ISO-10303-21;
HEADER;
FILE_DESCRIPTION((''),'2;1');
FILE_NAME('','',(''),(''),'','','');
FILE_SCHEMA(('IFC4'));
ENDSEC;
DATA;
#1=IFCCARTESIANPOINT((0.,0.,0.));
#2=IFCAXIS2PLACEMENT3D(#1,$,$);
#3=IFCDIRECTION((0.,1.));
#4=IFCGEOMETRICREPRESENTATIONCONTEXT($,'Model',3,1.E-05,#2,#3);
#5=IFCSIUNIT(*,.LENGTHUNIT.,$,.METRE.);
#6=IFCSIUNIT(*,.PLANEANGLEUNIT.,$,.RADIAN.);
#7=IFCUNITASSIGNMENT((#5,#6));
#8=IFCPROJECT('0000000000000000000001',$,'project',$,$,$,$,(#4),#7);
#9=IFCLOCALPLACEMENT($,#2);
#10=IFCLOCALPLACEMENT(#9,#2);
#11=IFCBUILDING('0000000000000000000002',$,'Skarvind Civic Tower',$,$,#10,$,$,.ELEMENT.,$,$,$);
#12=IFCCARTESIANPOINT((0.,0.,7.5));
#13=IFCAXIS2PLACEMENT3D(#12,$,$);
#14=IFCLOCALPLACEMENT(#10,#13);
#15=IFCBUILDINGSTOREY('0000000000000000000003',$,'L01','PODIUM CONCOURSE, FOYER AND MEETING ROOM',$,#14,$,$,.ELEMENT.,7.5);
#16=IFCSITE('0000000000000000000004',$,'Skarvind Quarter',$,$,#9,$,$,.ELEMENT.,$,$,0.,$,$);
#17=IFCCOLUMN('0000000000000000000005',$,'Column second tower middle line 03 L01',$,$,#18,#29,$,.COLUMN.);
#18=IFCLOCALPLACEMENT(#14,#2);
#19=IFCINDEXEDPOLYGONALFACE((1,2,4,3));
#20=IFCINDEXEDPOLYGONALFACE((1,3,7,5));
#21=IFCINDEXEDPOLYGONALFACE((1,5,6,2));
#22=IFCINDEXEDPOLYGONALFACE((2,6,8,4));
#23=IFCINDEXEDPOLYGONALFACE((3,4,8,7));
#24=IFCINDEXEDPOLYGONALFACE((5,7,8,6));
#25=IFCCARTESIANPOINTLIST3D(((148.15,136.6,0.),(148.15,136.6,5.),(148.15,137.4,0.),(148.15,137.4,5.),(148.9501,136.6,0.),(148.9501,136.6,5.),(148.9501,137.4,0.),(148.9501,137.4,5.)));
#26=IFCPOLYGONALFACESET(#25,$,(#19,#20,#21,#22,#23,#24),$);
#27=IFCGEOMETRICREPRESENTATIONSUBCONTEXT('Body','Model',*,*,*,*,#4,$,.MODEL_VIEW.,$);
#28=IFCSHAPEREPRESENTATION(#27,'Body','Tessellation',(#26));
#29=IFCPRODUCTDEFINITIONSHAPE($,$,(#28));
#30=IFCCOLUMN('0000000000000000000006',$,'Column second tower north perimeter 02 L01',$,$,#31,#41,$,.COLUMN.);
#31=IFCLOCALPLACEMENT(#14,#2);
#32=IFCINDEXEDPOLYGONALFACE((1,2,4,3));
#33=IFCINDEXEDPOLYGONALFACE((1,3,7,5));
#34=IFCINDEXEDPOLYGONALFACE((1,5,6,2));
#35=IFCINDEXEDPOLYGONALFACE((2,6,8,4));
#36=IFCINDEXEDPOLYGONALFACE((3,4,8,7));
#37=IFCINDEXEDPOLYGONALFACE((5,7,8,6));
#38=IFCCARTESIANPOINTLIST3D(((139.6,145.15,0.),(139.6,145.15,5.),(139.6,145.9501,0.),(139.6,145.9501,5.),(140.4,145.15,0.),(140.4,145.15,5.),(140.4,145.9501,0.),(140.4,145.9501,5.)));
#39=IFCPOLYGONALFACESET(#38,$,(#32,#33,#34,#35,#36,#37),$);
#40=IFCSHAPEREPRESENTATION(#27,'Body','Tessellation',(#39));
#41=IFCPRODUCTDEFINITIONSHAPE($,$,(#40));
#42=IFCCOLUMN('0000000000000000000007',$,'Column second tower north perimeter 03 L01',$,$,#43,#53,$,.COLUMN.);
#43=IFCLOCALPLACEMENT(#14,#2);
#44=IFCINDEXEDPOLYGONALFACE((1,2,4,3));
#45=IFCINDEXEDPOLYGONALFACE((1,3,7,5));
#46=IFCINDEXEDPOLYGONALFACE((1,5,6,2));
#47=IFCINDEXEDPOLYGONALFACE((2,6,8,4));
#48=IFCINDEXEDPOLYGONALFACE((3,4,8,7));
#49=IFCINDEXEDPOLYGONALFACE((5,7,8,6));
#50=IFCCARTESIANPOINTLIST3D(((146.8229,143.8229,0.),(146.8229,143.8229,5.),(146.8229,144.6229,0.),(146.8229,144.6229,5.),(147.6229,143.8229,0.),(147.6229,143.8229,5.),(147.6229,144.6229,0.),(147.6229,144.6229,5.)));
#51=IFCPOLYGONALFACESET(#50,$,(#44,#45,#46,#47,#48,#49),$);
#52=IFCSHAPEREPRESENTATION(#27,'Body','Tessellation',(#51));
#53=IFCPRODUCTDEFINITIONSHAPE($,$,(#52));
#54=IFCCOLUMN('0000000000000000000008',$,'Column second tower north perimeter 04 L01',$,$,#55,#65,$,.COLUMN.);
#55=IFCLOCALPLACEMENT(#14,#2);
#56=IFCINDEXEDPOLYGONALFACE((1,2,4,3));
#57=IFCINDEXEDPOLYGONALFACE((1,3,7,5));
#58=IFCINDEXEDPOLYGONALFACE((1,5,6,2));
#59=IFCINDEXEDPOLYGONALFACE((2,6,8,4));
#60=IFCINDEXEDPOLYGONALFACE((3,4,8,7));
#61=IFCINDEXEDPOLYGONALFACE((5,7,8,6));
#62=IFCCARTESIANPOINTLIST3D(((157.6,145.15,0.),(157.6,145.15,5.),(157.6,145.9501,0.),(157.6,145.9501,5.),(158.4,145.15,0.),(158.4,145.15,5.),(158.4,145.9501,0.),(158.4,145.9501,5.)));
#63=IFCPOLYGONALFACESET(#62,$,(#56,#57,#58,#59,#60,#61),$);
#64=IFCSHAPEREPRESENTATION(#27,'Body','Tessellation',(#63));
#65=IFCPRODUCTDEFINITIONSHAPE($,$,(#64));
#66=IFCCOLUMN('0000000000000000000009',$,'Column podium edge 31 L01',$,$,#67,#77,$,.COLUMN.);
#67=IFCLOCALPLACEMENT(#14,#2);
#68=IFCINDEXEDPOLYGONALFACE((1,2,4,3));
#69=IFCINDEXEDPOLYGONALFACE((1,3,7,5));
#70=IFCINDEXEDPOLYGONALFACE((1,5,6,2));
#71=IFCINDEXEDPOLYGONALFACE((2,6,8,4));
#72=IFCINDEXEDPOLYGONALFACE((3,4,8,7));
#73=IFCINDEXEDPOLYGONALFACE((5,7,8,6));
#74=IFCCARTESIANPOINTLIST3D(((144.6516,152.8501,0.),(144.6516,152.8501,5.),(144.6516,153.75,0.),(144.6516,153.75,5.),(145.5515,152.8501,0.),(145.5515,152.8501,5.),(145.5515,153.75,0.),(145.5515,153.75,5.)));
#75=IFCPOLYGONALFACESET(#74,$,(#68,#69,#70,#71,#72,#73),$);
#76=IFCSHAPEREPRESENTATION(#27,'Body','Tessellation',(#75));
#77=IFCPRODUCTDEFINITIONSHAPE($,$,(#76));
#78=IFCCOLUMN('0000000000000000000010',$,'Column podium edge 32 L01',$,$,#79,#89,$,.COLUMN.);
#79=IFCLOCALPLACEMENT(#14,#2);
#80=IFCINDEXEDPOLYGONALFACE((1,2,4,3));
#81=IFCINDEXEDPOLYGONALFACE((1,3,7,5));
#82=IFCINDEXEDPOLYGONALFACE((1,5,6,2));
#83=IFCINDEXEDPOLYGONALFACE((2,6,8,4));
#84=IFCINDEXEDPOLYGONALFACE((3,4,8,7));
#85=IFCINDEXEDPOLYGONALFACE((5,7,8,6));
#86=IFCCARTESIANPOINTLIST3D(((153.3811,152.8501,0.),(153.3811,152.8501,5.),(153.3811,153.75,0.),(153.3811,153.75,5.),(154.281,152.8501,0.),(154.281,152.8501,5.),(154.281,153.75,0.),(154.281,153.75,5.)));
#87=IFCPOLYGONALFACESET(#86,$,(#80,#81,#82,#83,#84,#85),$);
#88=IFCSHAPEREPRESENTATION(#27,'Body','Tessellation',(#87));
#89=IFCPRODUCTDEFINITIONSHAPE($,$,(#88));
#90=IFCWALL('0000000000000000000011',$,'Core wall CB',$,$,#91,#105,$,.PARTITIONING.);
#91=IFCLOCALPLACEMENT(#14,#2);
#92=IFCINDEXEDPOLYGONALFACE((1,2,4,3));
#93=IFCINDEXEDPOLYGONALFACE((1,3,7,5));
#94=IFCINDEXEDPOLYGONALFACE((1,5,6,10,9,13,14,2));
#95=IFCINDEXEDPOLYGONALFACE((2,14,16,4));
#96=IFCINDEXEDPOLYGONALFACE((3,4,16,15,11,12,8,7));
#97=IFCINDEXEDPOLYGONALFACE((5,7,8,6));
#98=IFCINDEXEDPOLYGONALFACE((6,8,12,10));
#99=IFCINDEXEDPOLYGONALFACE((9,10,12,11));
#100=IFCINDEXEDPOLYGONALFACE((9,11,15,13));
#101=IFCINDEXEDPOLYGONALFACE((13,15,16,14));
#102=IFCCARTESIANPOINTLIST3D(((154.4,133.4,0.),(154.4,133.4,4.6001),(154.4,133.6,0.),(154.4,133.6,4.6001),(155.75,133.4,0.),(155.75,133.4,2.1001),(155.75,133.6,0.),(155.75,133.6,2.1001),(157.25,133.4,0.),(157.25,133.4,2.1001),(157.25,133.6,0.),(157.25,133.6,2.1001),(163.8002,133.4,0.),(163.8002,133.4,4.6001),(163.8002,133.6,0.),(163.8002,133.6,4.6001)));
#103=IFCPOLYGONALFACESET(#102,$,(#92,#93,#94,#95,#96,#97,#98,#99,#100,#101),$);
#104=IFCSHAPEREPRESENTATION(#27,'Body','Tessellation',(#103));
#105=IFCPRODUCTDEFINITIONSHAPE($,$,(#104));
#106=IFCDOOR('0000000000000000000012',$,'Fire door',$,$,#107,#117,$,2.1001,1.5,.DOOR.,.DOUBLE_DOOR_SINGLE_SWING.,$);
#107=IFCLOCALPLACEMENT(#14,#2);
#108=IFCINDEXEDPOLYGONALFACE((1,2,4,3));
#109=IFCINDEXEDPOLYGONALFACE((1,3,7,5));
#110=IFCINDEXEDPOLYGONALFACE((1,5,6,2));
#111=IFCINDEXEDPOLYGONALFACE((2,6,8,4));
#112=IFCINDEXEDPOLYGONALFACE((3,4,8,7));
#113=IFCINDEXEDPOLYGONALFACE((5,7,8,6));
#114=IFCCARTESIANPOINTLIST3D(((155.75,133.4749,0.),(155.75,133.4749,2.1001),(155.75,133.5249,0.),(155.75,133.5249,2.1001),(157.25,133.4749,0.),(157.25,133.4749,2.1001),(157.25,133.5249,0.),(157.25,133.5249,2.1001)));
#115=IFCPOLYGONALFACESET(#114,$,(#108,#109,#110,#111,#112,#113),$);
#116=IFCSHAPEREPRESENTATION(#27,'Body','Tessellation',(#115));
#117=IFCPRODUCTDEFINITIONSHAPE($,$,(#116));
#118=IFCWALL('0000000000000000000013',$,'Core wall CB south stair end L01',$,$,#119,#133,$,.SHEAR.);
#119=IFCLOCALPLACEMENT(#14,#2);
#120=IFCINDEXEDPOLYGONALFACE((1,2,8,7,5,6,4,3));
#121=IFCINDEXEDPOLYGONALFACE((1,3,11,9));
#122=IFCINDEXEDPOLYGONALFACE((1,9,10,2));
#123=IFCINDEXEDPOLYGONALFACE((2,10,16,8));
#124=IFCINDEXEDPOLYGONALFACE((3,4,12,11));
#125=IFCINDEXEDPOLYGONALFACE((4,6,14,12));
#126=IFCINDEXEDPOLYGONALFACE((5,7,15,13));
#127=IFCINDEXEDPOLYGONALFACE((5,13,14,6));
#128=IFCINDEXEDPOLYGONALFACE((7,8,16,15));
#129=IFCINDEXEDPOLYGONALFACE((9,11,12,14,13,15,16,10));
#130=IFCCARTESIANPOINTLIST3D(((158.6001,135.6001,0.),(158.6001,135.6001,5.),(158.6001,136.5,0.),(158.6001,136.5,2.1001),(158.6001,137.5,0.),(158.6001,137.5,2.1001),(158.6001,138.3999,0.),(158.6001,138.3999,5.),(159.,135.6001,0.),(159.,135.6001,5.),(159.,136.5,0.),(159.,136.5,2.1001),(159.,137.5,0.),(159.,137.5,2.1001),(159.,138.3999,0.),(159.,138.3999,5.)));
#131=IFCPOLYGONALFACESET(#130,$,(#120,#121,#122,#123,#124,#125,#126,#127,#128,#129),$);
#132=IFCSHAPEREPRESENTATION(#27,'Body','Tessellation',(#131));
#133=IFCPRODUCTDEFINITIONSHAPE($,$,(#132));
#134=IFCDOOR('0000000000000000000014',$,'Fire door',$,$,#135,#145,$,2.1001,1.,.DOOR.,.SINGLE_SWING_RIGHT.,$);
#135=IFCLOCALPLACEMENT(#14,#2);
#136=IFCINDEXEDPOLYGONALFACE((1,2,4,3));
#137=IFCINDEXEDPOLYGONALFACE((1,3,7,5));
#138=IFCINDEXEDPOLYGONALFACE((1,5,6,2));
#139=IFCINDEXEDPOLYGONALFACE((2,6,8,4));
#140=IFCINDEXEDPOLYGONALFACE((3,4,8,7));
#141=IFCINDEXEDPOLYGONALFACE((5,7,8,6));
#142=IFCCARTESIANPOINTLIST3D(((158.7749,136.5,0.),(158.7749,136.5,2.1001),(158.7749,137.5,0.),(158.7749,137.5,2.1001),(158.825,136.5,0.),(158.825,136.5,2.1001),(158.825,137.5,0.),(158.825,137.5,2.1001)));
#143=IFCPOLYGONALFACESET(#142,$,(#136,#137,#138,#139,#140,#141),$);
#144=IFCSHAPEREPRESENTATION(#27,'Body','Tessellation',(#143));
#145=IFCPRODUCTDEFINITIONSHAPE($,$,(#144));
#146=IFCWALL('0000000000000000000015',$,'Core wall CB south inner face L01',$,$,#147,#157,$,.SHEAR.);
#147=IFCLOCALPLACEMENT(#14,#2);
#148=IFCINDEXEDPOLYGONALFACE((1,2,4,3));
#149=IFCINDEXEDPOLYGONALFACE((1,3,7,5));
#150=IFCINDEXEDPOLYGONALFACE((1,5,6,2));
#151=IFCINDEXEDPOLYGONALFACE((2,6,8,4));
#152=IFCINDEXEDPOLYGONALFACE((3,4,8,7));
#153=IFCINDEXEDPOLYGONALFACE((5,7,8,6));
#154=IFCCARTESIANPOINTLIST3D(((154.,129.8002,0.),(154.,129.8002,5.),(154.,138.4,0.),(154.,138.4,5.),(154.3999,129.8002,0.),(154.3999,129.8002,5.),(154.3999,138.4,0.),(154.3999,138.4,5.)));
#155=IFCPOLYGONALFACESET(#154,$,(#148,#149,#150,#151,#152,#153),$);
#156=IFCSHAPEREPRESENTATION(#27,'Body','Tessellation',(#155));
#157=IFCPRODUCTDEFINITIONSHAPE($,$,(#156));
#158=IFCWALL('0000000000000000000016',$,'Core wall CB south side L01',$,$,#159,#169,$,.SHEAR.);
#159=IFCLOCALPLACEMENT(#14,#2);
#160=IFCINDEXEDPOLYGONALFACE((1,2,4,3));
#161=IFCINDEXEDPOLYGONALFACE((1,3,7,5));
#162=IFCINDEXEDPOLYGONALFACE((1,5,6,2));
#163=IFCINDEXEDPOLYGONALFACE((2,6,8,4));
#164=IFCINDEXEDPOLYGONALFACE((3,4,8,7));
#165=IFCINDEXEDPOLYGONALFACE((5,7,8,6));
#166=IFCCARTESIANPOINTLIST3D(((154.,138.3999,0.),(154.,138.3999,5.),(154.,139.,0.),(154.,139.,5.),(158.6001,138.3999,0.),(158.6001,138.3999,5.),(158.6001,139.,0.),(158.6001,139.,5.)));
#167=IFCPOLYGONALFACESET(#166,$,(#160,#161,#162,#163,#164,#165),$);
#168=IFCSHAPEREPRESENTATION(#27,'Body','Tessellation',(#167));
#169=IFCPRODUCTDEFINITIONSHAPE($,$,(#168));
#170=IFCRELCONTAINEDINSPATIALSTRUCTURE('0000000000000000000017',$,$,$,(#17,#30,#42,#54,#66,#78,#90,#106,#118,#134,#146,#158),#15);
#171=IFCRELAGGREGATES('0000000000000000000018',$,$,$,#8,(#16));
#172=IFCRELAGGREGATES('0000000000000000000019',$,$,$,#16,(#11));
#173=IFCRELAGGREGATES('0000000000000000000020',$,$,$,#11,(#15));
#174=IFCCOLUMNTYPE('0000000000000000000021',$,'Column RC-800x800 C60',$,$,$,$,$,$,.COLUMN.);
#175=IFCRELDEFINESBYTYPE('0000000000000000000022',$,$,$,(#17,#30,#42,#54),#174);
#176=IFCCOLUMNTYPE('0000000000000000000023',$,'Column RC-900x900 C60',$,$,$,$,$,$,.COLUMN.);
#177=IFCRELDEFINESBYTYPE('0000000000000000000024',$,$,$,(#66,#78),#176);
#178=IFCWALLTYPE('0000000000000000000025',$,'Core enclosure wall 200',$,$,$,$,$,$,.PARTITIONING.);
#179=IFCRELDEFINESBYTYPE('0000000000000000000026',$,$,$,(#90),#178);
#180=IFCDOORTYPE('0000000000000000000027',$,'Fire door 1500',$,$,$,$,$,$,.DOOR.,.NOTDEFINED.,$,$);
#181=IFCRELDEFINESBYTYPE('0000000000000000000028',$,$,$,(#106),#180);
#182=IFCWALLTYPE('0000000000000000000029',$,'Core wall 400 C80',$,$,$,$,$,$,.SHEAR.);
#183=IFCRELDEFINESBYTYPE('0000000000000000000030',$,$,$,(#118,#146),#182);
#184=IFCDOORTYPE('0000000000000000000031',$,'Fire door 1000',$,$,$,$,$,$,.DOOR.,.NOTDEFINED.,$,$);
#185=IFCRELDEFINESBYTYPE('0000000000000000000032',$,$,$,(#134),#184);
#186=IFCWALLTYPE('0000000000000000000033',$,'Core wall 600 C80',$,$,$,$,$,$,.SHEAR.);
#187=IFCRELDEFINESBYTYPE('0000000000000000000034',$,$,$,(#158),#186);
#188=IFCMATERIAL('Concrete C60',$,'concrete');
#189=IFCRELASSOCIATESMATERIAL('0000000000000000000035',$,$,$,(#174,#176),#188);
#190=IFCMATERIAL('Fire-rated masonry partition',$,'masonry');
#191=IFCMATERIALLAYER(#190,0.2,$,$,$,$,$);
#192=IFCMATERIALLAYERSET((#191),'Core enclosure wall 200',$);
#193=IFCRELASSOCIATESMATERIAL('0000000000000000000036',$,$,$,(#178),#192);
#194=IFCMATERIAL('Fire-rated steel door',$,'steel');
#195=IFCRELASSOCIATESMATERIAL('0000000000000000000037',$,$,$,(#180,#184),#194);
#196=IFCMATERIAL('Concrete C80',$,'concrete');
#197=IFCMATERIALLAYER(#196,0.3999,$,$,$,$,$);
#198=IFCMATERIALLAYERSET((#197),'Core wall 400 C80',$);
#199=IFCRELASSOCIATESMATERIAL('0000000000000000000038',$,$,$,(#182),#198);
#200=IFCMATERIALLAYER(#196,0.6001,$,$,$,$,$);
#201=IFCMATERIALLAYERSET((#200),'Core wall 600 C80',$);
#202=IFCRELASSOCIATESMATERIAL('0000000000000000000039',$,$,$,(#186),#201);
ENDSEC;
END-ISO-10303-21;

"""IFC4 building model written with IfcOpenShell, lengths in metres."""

from ifc_helpers import new_model, si_unit, direction, frame, frame_2d, origin, origin_2d, place, context, subcontext, project, spatial, rectangle, extrude, material, layer, layer_set, material_profile, profile_set, type_object, element, fill, save


model = new_model("IFC4")

# Units and contexts
model_context = context("Model", 3, precision=1e-05, world=origin(), true_north=direction((0.0, 1.0)))
body_context = subcontext(model_context, "Body", "Model", "MODEL_VIEW")
ifc_project = project(units=[si_unit("LENGTHUNIT", "METRE"), si_unit("PLANEANGLEUNIT", "RADIAN")], contexts=[model_context])

# Site, building, storey
site_placement = place(None, origin())
site = spatial("IfcSite", under=ifc_project, at=site_placement, Name="Skarvind Quarter", CompositionType="ELEMENT", RefElevation=0.0)
building_placement = place(site_placement, origin())
building = spatial("IfcBuilding", under=site, at=building_placement, Name="Skarvind Civic Tower", CompositionType="ELEMENT")
storey_placement = place(building_placement, frame((0.0, 0.0, 7.5)))
storey = spatial("IfcBuildingStorey", under=building, at=storey_placement, Name="L01", Description="PODIUM CONCOURSE, FOYER AND MEETING ROOM", CompositionType="ELEMENT", Elevation=7.5)

# Columns
ifc_material_1 = material(Name="Concrete C60", Category="concrete")
ifc_material_profile_1 = material_profile(ifc_material_1, rectangle(XDim=0.8, YDim=0.8, at=origin_2d()), Name="RC-800x800")
ifc_profile_set_1 = profile_set([ifc_material_profile_1], Name="Concrete C60")
column_type_1 = type_object("IfcColumnType", Name="Column RC-800x800 C60", PredefinedType="COLUMN", material=ifc_profile_set_1)
for number, where, z_axis, x_axis, name in (
    (1, (148.55, 137.0, 0.0), (0.0, 0.0, 1.0), (1.0, 0.0, 0.0), "Column second tower middle line 03 L01"),
    (2, (140.0, 145.55, 0.0), (0.0, 0.0, 1.0), (1.0, 0.0, 0.0), "Column second tower north perimeter 02 L01"),
    (3, (147.2229, 144.2229, 0.0), (0.0, 0.0, 1.0), (1.0, 0.0, 0.0), "Column second tower north perimeter 03 L01"),
    (4, (158.0, 145.55, 0.0), (0.0, 0.0, 1.0), (1.0, 0.0, 0.0), "Column second tower north perimeter 04 L01"),
):
    element("IfcColumn", number, at=place(storey_placement, frame(where, z_axis=z_axis, x_axis=x_axis)), inside=storey, type_object=column_type_1, Name=name, PredefinedType="COLUMN", context=body_context, shape_type="SweptSolid", body=[
        extrude(rectangle(XDim=0.8, YDim=0.8, at=origin_2d()), origin(), (0.0, 0.0, 1.0), 5.0),
    ])
ifc_material_profile_2 = material_profile(ifc_material_1, rectangle(XDim=0.8999, YDim=0.8999, at=origin_2d()), Name="RC-900x900")
ifc_profile_set_2 = profile_set([ifc_material_profile_2], Name="Concrete C60")
column_type_2 = type_object("IfcColumnType", Name="Column RC-900x900 C60", PredefinedType="COLUMN", material=ifc_profile_set_2)
for number, where, z_axis, x_axis, name in (
    (5, (145.1016, 153.3, 0.0), (0.0, 0.0, 1.0), (1.0, 0.0, 0.0), "Column podium edge 31 L01"),
    (6, (153.8311, 153.3, 0.0), (0.0, 0.0, 1.0), (1.0, 0.0, 0.0), "Column podium edge 32 L01"),
):
    element("IfcColumn", number, at=place(storey_placement, frame(where, z_axis=z_axis, x_axis=x_axis)), inside=storey, type_object=column_type_2, Name=name, PredefinedType="COLUMN", context=body_context, shape_type="SweptSolid", body=[
        extrude(rectangle(XDim=0.8999, YDim=0.8999, at=origin_2d()), origin(), (0.0, 0.0, 1.0), 5.0),
    ])

# Walls, openings, doors
ifc_material_2 = material(Name="Fire-rated masonry partition", Category="masonry")
ifc_layer_1 = layer(ifc_material_2, 0.2)
ifc_layer_set_1 = layer_set([ifc_layer_1], Name="Core enclosure wall 200")
wall_type_1 = type_object("IfcWallType", Name="Core enclosure wall 200", PredefinedType="PARTITIONING", material=ifc_layer_set_1)
wall_1_placement = place(storey_placement, frame((154.3999, 133.5, 0.0), z_axis=(0.0, 0.0, 1.0), x_axis=(1.0, 0.0, 0.0)))
wall_1 = element("IfcWall", 7, at=wall_1_placement, inside=storey, type_object=wall_type_1, Name="Core wall CB", PredefinedType="PARTITIONING", context=body_context, shape_type="SweptSolid", body=[
    extrude(rectangle(XDim=9.4001, YDim=0.2, at=frame_2d((4.7002, 0.0))), origin(), (0.0, 0.0, 1.0), 4.6001),
])
opening_1_placement = place(wall_1_placement, frame((1.3501, 0.0, 0.0)))
opening_1 = element("IfcOpeningElement", 8, at=opening_1_placement, cuts=wall_1, PredefinedType="OPENING", context=body_context, shape_type="SweptSolid", body=[
    extrude(rectangle(XDim=1.5, YDim=2.1001, at=frame_2d((0.75, 1.05))), frame((0.0, 0.1099, 0.0), z_axis=(0.0, -1.0, 0.0), x_axis=(1.0, 0.0, 0.0)), (0.0, 0.0, 1.0), 0.22),
])
ifc_material_3 = material(Name="Fire-rated steel door", Category="steel")
door_type_1 = type_object("IfcDoorType", Name="Fire door 1500", OperationType="NOTDEFINED", PredefinedType="DOOR", material=ifc_material_3)
door_1_placement = place(opening_1_placement, origin())
door_1 = element("IfcDoor", 9, at=door_1_placement, inside=storey, type_object=door_type_1, Name="Fire door", OperationType="DOUBLE_DOOR_SINGLE_SWING", OverallHeight=2.1001, OverallWidth=1.5, PredefinedType="DOOR", context=body_context, shape_type="SweptSolid", body=[
    extrude(rectangle(XDim=1.5, YDim=2.1001, at=frame_2d((0.75, 1.05))), frame((0.0, 0.0249, 0.0), z_axis=(0.0, -1.0, 0.0), x_axis=(1.0, 0.0, 0.0)), (0.0, 0.0, 1.0), 0.05),
])
fill(opening_1, door_1)
ifc_material_4 = material(Name="Concrete C80", Category="concrete")
ifc_layer_2 = layer(ifc_material_4, 0.3999)
ifc_layer_set_2 = layer_set([ifc_layer_2], Name="Core wall 400 C80")
wall_type_2 = type_object("IfcWallType", Name="Core wall 400 C80", PredefinedType="SHEAR", material=ifc_layer_set_2)
wall_2_placement = place(storey_placement, frame((158.8, 138.3999, 0.0), z_axis=(0.0, 0.0, 1.0), x_axis=(0.0, -1.0, 0.0)))
wall_2 = element("IfcWall", 10, at=wall_2_placement, inside=storey, type_object=wall_type_2, Name="Core wall CB south stair end L01", PredefinedType="SHEAR", context=body_context, shape_type="SweptSolid", body=[
    extrude(rectangle(XDim=2.7998, YDim=0.3999, at=frame_2d((1.3999, 0.0))), origin(), (0.0, 0.0, 1.0), 5.0),
])
opening_2_placement = place(wall_2_placement, frame((0.8999, 0.0, 0.0)))
opening_2 = element("IfcOpeningElement", 11, at=opening_2_placement, cuts=wall_2, PredefinedType="OPENING", context=body_context, shape_type="SweptSolid", body=[
    extrude(rectangle(XDim=1.0, YDim=2.1001, at=frame_2d((0.5, 1.05))), frame((0.0, 0.21, 0.0), z_axis=(0.0, -1.0, 0.0), x_axis=(1.0, 0.0, 0.0)), (0.0, 0.0, 1.0), 0.4199),
])
door_type_2 = type_object("IfcDoorType", Name="Fire door 1000", OperationType="NOTDEFINED", PredefinedType="DOOR", material=ifc_material_3)
door_2_placement = place(opening_2_placement, origin())
door_2 = element("IfcDoor", 12, at=door_2_placement, inside=storey, type_object=door_type_2, Name="Fire door", OperationType="SINGLE_SWING_RIGHT", OverallHeight=2.1001, OverallWidth=1.0, PredefinedType="DOOR", context=body_context, shape_type="SweptSolid", body=[
    extrude(rectangle(XDim=1.0, YDim=2.1001, at=frame_2d((0.5, 1.05))), frame((0.0, 0.0249, 0.0), z_axis=(0.0, -1.0, 0.0), x_axis=(1.0, 0.0, 0.0)), (0.0, 0.0, 1.0), 0.05),
])
fill(opening_2, door_2)

# Walls
wall_3_placement = place(storey_placement, frame((154.2, 138.3999, 0.0), z_axis=(0.0, 0.0, 1.0), x_axis=(0.0, -1.0, 0.0)))
element("IfcWall", 13, at=wall_3_placement, inside=storey, type_object=wall_type_2, Name="Core wall CB south inner face L01", PredefinedType="SHEAR", context=body_context, shape_type="SweptSolid", body=[
    extrude(rectangle(XDim=8.5999, YDim=0.3999, at=frame_2d((4.2998, 0.0))), origin(), (0.0, 0.0, 1.0), 5.0),
])
ifc_layer_3 = layer(ifc_material_4, 0.6001)
ifc_layer_set_3 = layer_set([ifc_layer_3], Name="Core wall 600 C80")
wall_type_3 = type_object("IfcWallType", Name="Core wall 600 C80", PredefinedType="SHEAR", material=ifc_layer_set_3)
wall_4_placement = place(storey_placement, frame((158.6001, 138.7, 0.0), z_axis=(0.0, 0.0, 1.0), x_axis=(-1.0, 0.0, 0.0)))
element("IfcWall", 14, at=wall_4_placement, inside=storey, type_object=wall_type_3, Name="Core wall CB south side L01", PredefinedType="SHEAR", context=body_context, shape_type="SweptSolid", body=[
    extrude(rectangle(XDim=4.6001, YDim=0.6001, at=frame_2d((2.3, 0.0))), origin(), (0.0, 0.0, 1.0), 5.0),
])

save(model, "model.ifc")
